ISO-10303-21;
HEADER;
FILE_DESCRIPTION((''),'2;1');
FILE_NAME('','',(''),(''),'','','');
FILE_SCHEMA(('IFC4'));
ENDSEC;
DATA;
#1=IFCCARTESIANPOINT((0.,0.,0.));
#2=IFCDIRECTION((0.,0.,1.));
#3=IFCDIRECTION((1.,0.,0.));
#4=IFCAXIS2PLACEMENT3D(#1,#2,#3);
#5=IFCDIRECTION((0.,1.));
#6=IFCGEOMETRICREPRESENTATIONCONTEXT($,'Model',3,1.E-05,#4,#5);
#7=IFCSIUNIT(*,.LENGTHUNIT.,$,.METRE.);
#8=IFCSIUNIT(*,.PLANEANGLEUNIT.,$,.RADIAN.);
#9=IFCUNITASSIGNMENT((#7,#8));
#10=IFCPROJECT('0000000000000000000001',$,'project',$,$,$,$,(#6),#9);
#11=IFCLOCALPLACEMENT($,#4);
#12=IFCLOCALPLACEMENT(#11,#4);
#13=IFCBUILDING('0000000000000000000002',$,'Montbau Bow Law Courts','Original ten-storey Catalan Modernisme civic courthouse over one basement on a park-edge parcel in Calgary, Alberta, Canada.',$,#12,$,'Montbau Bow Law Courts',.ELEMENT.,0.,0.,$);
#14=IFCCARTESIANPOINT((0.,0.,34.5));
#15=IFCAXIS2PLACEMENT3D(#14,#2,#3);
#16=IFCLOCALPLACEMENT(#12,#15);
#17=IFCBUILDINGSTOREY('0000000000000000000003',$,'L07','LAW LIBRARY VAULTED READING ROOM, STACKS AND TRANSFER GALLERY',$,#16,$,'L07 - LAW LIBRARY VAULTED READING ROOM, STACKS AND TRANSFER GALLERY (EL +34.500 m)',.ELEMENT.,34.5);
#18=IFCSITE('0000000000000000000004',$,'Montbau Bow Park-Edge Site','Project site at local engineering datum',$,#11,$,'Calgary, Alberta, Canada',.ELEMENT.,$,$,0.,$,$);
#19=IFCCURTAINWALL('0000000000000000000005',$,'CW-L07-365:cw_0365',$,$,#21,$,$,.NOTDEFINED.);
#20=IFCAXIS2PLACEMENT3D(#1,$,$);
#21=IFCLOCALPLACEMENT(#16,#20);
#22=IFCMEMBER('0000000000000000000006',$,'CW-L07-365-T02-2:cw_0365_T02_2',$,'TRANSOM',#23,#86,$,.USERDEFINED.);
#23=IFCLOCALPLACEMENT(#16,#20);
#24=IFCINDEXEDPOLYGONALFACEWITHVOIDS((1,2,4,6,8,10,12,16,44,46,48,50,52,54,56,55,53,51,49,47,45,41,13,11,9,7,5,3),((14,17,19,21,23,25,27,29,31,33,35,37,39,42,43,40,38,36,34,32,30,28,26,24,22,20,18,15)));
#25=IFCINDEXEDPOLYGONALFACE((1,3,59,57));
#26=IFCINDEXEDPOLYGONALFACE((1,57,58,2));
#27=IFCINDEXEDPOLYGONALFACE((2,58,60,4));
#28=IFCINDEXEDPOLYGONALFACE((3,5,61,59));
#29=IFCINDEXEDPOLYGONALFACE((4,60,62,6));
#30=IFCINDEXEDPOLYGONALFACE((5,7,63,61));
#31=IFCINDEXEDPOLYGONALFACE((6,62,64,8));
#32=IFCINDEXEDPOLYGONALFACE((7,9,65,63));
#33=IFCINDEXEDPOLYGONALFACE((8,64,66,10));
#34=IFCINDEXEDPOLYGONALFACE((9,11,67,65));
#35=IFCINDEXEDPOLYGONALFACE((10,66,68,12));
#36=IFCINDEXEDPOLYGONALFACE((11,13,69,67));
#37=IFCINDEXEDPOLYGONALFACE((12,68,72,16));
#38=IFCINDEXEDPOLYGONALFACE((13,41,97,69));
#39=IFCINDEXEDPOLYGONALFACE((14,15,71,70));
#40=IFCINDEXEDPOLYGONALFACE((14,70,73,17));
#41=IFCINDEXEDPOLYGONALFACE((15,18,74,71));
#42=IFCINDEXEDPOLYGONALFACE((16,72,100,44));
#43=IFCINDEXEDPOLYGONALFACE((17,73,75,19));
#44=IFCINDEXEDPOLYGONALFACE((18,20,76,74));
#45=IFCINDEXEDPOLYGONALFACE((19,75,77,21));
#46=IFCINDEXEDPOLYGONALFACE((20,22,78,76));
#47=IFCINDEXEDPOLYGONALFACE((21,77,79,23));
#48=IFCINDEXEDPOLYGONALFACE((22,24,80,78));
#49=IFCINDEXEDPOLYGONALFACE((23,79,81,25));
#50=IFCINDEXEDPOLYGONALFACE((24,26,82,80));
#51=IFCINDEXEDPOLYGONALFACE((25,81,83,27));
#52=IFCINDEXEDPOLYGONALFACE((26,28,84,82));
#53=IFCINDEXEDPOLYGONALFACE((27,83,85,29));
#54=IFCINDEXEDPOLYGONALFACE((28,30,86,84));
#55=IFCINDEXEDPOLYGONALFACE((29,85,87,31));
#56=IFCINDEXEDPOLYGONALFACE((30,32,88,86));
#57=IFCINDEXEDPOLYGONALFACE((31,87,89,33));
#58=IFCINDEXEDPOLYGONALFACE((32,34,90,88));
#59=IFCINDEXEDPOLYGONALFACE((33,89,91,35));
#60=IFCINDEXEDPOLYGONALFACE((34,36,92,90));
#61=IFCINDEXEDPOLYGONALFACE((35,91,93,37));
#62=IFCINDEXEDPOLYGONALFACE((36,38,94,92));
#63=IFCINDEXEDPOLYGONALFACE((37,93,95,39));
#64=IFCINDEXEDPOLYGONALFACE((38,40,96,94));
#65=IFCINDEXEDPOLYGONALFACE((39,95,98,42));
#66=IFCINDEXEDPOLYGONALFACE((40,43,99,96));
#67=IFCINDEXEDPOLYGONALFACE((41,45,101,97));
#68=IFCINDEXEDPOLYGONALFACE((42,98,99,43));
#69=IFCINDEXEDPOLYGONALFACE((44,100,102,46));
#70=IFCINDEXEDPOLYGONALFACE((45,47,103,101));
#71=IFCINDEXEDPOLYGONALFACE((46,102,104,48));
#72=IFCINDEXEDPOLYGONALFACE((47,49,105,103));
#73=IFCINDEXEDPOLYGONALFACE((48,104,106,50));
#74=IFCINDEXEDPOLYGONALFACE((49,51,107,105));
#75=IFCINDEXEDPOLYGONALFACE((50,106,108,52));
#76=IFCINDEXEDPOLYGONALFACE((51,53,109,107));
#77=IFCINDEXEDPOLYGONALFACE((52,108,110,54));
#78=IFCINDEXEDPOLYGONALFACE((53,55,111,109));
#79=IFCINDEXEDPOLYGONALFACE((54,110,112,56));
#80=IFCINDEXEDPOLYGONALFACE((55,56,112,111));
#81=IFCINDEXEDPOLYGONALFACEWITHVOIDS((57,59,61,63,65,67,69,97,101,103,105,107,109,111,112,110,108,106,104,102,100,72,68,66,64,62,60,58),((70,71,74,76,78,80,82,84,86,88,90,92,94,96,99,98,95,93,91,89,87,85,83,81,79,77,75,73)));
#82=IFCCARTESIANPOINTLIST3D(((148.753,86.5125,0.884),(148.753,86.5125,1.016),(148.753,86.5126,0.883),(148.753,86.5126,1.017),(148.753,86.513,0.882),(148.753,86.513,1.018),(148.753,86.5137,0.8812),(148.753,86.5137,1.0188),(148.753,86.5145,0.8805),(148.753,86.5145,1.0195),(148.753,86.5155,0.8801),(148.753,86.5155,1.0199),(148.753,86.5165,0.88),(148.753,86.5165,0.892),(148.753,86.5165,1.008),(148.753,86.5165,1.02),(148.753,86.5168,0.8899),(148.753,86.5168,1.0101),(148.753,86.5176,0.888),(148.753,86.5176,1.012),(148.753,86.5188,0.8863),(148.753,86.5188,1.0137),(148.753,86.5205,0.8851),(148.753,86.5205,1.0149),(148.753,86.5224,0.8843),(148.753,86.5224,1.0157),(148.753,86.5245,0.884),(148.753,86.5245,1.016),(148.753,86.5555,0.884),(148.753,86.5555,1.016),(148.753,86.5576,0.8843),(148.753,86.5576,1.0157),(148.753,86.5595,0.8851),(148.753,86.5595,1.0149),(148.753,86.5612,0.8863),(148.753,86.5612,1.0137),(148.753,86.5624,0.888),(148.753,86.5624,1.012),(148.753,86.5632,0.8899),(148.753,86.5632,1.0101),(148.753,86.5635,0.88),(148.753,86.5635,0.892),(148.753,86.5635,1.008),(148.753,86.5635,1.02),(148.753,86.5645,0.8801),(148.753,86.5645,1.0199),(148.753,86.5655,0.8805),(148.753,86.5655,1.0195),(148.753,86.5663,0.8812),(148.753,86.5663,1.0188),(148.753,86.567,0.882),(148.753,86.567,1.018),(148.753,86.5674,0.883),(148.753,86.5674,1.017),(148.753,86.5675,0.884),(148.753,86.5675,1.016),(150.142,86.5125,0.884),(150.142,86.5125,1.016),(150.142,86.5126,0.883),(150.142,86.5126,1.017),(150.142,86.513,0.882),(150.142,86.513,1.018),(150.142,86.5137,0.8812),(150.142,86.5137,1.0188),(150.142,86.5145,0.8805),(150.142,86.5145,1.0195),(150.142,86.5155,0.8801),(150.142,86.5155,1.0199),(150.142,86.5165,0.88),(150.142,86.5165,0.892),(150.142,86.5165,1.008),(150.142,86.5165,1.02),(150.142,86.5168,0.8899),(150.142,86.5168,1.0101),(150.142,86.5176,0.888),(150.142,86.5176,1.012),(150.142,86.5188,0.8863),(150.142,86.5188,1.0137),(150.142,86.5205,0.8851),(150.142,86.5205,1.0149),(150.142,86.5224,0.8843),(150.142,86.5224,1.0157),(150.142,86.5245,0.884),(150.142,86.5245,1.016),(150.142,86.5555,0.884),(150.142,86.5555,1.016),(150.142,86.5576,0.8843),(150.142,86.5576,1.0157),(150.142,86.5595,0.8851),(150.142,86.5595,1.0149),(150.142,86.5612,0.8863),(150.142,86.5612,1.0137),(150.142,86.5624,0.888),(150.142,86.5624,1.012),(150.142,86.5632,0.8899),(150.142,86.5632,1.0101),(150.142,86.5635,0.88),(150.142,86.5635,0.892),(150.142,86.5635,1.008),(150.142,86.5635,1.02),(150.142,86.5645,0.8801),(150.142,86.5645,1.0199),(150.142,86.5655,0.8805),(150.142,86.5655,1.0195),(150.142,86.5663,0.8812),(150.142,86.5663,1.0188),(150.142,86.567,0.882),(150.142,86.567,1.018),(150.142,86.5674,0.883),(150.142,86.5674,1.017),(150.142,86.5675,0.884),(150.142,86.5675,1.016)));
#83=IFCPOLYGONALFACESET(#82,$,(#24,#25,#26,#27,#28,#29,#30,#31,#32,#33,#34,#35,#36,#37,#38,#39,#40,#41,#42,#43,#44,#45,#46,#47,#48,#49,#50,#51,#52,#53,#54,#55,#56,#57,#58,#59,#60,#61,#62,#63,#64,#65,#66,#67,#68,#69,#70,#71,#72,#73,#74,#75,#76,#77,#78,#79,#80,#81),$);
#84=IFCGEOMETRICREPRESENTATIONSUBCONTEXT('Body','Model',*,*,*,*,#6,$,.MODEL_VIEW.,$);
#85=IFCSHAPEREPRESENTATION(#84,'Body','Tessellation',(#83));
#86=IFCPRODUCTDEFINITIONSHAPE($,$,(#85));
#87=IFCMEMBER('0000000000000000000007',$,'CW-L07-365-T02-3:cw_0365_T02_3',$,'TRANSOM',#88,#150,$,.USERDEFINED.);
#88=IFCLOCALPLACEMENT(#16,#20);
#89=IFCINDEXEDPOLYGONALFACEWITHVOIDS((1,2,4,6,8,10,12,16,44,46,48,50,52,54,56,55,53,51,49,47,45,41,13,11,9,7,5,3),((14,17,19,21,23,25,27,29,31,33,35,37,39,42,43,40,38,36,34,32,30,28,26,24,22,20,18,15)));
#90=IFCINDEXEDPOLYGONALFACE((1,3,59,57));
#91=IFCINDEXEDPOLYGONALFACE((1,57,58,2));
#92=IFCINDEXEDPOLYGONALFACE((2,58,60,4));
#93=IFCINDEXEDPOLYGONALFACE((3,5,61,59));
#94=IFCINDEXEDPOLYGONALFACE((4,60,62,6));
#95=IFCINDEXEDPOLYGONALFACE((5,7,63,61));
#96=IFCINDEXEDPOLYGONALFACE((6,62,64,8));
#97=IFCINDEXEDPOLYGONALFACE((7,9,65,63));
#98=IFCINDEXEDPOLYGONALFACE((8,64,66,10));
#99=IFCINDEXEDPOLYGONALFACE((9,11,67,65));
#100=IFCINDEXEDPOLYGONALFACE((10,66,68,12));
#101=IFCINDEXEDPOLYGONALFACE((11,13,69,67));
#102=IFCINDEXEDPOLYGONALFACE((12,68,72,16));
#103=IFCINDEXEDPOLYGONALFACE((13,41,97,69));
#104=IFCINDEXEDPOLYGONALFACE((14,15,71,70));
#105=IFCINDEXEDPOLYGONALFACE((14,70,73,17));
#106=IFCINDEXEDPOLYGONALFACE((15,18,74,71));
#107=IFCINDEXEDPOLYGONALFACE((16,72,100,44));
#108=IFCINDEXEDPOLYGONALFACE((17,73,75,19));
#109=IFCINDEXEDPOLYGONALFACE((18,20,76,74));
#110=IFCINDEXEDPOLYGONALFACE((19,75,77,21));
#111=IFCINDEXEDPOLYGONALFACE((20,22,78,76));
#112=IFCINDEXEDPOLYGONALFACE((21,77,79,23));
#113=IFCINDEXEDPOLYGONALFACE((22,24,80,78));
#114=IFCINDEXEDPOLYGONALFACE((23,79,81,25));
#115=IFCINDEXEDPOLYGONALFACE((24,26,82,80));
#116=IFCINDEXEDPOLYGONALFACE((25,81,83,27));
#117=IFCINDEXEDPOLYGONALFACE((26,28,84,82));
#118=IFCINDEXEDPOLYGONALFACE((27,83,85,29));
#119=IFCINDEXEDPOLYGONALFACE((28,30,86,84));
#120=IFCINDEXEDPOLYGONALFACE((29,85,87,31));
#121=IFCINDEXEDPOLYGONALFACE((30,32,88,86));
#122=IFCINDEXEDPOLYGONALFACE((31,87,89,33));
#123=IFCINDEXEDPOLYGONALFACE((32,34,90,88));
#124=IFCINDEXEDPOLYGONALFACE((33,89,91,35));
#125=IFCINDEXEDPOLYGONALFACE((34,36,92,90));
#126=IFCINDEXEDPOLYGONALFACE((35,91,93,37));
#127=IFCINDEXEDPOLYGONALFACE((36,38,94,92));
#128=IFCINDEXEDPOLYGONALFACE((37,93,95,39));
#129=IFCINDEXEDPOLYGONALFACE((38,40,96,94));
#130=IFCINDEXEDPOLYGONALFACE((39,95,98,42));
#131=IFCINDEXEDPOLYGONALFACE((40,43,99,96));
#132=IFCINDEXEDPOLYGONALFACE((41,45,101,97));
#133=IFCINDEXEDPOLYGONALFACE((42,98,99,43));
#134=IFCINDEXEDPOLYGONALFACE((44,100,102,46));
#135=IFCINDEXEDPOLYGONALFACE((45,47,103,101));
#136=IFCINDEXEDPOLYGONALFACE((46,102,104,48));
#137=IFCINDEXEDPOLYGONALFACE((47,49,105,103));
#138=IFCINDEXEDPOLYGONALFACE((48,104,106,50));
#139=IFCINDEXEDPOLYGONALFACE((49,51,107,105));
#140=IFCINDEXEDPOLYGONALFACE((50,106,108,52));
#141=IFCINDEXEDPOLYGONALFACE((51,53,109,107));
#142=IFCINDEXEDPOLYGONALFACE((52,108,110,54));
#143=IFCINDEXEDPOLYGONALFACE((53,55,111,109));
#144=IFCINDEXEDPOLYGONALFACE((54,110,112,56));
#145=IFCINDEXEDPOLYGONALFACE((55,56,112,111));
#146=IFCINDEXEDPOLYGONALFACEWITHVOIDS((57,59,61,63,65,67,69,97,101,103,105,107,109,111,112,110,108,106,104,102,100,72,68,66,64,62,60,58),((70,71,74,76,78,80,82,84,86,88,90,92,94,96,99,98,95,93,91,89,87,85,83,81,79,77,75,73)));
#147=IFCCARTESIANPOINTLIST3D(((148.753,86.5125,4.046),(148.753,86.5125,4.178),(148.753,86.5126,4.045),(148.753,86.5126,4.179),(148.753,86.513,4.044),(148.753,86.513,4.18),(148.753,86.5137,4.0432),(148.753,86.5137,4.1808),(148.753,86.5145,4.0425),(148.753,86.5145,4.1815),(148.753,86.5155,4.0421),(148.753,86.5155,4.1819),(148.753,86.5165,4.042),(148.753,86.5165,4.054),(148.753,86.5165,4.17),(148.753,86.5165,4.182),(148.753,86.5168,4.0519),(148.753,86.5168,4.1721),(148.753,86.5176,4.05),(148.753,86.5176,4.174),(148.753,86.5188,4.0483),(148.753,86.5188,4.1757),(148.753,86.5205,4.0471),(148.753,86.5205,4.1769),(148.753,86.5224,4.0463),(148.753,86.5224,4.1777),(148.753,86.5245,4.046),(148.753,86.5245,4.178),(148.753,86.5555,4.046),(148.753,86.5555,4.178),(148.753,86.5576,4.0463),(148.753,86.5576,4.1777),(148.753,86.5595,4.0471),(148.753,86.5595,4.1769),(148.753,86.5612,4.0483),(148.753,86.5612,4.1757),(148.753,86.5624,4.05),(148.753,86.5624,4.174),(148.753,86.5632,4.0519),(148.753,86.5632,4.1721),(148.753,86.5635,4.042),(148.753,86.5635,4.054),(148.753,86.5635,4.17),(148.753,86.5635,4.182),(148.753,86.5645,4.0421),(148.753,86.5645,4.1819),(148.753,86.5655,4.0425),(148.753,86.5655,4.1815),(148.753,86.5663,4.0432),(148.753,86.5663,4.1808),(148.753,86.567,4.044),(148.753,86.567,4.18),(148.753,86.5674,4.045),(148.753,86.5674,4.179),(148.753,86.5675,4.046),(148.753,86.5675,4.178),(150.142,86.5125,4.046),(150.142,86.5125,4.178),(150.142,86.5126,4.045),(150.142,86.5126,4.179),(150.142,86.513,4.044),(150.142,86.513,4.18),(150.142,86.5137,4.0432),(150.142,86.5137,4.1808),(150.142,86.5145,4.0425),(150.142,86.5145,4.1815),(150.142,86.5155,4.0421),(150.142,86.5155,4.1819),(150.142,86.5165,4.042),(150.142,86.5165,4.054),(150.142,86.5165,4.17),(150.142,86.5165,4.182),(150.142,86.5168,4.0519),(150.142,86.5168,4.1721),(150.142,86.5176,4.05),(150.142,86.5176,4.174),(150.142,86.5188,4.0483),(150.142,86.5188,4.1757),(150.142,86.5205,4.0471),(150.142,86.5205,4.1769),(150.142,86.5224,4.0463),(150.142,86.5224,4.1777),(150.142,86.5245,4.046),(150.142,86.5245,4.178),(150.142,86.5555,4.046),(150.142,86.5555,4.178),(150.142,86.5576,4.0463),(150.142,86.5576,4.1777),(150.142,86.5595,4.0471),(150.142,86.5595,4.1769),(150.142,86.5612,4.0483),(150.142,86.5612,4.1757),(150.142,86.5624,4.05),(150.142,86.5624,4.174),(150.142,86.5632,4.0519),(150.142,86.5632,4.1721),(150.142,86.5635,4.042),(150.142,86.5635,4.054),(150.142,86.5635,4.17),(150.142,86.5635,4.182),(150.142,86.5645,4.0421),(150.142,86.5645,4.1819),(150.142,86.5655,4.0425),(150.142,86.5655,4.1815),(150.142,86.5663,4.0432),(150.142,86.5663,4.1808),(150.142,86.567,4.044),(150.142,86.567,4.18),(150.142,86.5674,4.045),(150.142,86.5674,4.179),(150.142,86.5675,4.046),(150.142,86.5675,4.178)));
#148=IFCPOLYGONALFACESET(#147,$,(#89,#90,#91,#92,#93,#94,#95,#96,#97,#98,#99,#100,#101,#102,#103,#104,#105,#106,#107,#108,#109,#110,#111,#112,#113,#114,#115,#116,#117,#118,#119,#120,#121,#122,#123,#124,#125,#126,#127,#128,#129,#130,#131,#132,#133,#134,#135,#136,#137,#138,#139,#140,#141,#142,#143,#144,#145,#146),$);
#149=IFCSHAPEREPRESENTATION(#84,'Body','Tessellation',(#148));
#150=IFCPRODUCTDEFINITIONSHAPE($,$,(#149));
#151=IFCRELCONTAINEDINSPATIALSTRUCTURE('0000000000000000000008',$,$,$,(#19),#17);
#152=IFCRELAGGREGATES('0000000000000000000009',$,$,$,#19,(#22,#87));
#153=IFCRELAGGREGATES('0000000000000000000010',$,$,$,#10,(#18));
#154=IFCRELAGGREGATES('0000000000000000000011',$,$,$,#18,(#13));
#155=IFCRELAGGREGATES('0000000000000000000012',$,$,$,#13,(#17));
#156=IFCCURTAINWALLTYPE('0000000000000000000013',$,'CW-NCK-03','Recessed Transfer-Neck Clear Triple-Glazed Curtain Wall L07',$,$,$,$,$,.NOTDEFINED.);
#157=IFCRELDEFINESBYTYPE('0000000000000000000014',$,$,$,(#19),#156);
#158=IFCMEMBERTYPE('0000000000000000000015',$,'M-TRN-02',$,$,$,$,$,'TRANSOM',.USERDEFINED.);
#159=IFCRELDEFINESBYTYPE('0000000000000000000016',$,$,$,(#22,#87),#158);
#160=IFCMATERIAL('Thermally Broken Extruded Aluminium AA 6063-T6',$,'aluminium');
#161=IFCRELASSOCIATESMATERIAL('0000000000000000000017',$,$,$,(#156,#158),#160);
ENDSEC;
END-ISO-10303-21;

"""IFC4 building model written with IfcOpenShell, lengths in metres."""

from ifc_helpers import new_model, si_unit, direction, frame, origin_with_axes, origin_2d_with_axis, place, context, subcontext, project, spatial, hollow_rectangle, extrude, material, material_profile, profile_set, type_object, element, aggregate, save


model = new_model("IFC4")

# Units and contexts
model_context = context("Model", 3, precision=1e-05, world=origin_with_axes(), true_north=direction((0.0, 1.0)))
body_context = subcontext(model_context, "Body", "Model", "MODEL_VIEW")
ifc_project = project(units=[si_unit("LENGTHUNIT", "METRE"), si_unit("PLANEANGLEUNIT", "RADIAN")], contexts=[model_context])

# Site, building, storey
site_placement = place(None, origin_with_axes())
site = spatial("IfcSite", under=ifc_project, at=site_placement, Name="Montbau Bow Park-Edge Site", Description="Project site at local engineering datum", LongName="Calgary, Alberta, Canada", CompositionType="ELEMENT", RefElevation=0.0)
building_placement = place(site_placement, origin_with_axes())
building = spatial("IfcBuilding", under=site, at=building_placement, Name="Montbau Bow Law Courts", Description="Original ten-storey Catalan Modernisme civic courthouse over one basement on a park-edge parcel in Calgary, Alberta, Canada.", LongName="Montbau Bow Law Courts", CompositionType="ELEMENT", ElevationOfRefHeight=0.0, ElevationOfTerrain=0.0)
storey_placement = place(building_placement, frame((0.0, 0.0, 34.5), z_axis=(0.0, 0.0, 1.0), x_axis=(1.0, 0.0, 0.0)))
storey = spatial("IfcBuildingStorey", under=building, at=storey_placement, Name="L07", Description="LAW LIBRARY VAULTED READING ROOM, STACKS AND TRANSFER GALLERY", LongName="L07 - LAW LIBRARY VAULTED READING ROOM, STACKS AND TRANSFER GALLERY (EL +34.500 m)", CompositionType="ELEMENT", Elevation=34.5)

# Curtain wall, members
ifc_material_1 = material(Name="Thermally Broken Extruded Aluminium AA 6063-T6", Category="aluminium")
curtain_wall_type = type_object("IfcCurtainWallType", Name="CW-NCK-03", Description="Recessed Transfer-Neck Clear Triple-Glazed Curtain Wall L07", PredefinedType="NOTDEFINED", material=ifc_material_1)
curtain_wall_placement = place(None, frame((147.268, 86.54, 34.5), z_axis=(0.0, 0.0, 1.0), x_axis=(1.0, 0.0, 0.0)))
curtain_wall = element("IfcCurtainWall", 1, at=curtain_wall_placement, inside=storey, type_object=curtain_wall_type, Name="CW-L07-365:cw_0365", PredefinedType="NOTDEFINED")
ifc_material_profile_1 = material_profile(ifc_material_1, hollow_rectangle(XDim=0.055, YDim=0.14, WallThickness=0.004, InnerFilletRadius=0.008, OuterFilletRadius=0.004, at=origin_2d_with_axis()), Name="CWT-140X55", Category="Main", Priority=0)
ifc_profile_set_1 = profile_set([ifc_material_profile_1], Name="Thermally Broken Extruded Aluminium AA 6063-T6")
member_type_1 = type_object("IfcMemberType", Name="M-TRN-02", ElementType="TRANSOM", PredefinedType="USERDEFINED", material=ifc_profile_set_1)
member_1_placement = place(None, frame((148.753, 86.54, 35.45), z_axis=(1.0, 0.0, 0.0), x_axis=(0.0, 1.0, 0.0)))
member_1 = element("IfcMember", 2, at=member_1_placement, type_object=member_type_1, Name="CW-L07-365-T02-2:cw_0365_T02_2", ObjectType="TRANSOM", PredefinedType="USERDEFINED", context=body_context, shape_type="SweptSolid", body=[
    extrude(hollow_rectangle(XDim=0.055, YDim=0.14, WallThickness=0.004, InnerFilletRadius=0.008, OuterFilletRadius=0.004, at=origin_2d_with_axis()), origin_with_axes(), (0.0, 0.0, 1.0), 1.389),
])
member_2_placement = place(None, frame((148.753, 86.54, 38.612), z_axis=(1.0, 0.0, 0.0), x_axis=(0.0, 1.0, 0.0)))
member_2 = element("IfcMember", 3, at=member_2_placement, type_object=member_type_1, Name="CW-L07-365-T02-3:cw_0365_T02_3", ObjectType="TRANSOM", PredefinedType="USERDEFINED", context=body_context, shape_type="SweptSolid", body=[
    extrude(hollow_rectangle(XDim=0.055, YDim=0.14, WallThickness=0.004, InnerFilletRadius=0.008, OuterFilletRadius=0.004, at=origin_2d_with_axis()), origin_with_axes(), (0.0, 0.0, 1.0), 1.389),
])
aggregate(curtain_wall, [member_1, member_2])

save(model, "model.ifc")
